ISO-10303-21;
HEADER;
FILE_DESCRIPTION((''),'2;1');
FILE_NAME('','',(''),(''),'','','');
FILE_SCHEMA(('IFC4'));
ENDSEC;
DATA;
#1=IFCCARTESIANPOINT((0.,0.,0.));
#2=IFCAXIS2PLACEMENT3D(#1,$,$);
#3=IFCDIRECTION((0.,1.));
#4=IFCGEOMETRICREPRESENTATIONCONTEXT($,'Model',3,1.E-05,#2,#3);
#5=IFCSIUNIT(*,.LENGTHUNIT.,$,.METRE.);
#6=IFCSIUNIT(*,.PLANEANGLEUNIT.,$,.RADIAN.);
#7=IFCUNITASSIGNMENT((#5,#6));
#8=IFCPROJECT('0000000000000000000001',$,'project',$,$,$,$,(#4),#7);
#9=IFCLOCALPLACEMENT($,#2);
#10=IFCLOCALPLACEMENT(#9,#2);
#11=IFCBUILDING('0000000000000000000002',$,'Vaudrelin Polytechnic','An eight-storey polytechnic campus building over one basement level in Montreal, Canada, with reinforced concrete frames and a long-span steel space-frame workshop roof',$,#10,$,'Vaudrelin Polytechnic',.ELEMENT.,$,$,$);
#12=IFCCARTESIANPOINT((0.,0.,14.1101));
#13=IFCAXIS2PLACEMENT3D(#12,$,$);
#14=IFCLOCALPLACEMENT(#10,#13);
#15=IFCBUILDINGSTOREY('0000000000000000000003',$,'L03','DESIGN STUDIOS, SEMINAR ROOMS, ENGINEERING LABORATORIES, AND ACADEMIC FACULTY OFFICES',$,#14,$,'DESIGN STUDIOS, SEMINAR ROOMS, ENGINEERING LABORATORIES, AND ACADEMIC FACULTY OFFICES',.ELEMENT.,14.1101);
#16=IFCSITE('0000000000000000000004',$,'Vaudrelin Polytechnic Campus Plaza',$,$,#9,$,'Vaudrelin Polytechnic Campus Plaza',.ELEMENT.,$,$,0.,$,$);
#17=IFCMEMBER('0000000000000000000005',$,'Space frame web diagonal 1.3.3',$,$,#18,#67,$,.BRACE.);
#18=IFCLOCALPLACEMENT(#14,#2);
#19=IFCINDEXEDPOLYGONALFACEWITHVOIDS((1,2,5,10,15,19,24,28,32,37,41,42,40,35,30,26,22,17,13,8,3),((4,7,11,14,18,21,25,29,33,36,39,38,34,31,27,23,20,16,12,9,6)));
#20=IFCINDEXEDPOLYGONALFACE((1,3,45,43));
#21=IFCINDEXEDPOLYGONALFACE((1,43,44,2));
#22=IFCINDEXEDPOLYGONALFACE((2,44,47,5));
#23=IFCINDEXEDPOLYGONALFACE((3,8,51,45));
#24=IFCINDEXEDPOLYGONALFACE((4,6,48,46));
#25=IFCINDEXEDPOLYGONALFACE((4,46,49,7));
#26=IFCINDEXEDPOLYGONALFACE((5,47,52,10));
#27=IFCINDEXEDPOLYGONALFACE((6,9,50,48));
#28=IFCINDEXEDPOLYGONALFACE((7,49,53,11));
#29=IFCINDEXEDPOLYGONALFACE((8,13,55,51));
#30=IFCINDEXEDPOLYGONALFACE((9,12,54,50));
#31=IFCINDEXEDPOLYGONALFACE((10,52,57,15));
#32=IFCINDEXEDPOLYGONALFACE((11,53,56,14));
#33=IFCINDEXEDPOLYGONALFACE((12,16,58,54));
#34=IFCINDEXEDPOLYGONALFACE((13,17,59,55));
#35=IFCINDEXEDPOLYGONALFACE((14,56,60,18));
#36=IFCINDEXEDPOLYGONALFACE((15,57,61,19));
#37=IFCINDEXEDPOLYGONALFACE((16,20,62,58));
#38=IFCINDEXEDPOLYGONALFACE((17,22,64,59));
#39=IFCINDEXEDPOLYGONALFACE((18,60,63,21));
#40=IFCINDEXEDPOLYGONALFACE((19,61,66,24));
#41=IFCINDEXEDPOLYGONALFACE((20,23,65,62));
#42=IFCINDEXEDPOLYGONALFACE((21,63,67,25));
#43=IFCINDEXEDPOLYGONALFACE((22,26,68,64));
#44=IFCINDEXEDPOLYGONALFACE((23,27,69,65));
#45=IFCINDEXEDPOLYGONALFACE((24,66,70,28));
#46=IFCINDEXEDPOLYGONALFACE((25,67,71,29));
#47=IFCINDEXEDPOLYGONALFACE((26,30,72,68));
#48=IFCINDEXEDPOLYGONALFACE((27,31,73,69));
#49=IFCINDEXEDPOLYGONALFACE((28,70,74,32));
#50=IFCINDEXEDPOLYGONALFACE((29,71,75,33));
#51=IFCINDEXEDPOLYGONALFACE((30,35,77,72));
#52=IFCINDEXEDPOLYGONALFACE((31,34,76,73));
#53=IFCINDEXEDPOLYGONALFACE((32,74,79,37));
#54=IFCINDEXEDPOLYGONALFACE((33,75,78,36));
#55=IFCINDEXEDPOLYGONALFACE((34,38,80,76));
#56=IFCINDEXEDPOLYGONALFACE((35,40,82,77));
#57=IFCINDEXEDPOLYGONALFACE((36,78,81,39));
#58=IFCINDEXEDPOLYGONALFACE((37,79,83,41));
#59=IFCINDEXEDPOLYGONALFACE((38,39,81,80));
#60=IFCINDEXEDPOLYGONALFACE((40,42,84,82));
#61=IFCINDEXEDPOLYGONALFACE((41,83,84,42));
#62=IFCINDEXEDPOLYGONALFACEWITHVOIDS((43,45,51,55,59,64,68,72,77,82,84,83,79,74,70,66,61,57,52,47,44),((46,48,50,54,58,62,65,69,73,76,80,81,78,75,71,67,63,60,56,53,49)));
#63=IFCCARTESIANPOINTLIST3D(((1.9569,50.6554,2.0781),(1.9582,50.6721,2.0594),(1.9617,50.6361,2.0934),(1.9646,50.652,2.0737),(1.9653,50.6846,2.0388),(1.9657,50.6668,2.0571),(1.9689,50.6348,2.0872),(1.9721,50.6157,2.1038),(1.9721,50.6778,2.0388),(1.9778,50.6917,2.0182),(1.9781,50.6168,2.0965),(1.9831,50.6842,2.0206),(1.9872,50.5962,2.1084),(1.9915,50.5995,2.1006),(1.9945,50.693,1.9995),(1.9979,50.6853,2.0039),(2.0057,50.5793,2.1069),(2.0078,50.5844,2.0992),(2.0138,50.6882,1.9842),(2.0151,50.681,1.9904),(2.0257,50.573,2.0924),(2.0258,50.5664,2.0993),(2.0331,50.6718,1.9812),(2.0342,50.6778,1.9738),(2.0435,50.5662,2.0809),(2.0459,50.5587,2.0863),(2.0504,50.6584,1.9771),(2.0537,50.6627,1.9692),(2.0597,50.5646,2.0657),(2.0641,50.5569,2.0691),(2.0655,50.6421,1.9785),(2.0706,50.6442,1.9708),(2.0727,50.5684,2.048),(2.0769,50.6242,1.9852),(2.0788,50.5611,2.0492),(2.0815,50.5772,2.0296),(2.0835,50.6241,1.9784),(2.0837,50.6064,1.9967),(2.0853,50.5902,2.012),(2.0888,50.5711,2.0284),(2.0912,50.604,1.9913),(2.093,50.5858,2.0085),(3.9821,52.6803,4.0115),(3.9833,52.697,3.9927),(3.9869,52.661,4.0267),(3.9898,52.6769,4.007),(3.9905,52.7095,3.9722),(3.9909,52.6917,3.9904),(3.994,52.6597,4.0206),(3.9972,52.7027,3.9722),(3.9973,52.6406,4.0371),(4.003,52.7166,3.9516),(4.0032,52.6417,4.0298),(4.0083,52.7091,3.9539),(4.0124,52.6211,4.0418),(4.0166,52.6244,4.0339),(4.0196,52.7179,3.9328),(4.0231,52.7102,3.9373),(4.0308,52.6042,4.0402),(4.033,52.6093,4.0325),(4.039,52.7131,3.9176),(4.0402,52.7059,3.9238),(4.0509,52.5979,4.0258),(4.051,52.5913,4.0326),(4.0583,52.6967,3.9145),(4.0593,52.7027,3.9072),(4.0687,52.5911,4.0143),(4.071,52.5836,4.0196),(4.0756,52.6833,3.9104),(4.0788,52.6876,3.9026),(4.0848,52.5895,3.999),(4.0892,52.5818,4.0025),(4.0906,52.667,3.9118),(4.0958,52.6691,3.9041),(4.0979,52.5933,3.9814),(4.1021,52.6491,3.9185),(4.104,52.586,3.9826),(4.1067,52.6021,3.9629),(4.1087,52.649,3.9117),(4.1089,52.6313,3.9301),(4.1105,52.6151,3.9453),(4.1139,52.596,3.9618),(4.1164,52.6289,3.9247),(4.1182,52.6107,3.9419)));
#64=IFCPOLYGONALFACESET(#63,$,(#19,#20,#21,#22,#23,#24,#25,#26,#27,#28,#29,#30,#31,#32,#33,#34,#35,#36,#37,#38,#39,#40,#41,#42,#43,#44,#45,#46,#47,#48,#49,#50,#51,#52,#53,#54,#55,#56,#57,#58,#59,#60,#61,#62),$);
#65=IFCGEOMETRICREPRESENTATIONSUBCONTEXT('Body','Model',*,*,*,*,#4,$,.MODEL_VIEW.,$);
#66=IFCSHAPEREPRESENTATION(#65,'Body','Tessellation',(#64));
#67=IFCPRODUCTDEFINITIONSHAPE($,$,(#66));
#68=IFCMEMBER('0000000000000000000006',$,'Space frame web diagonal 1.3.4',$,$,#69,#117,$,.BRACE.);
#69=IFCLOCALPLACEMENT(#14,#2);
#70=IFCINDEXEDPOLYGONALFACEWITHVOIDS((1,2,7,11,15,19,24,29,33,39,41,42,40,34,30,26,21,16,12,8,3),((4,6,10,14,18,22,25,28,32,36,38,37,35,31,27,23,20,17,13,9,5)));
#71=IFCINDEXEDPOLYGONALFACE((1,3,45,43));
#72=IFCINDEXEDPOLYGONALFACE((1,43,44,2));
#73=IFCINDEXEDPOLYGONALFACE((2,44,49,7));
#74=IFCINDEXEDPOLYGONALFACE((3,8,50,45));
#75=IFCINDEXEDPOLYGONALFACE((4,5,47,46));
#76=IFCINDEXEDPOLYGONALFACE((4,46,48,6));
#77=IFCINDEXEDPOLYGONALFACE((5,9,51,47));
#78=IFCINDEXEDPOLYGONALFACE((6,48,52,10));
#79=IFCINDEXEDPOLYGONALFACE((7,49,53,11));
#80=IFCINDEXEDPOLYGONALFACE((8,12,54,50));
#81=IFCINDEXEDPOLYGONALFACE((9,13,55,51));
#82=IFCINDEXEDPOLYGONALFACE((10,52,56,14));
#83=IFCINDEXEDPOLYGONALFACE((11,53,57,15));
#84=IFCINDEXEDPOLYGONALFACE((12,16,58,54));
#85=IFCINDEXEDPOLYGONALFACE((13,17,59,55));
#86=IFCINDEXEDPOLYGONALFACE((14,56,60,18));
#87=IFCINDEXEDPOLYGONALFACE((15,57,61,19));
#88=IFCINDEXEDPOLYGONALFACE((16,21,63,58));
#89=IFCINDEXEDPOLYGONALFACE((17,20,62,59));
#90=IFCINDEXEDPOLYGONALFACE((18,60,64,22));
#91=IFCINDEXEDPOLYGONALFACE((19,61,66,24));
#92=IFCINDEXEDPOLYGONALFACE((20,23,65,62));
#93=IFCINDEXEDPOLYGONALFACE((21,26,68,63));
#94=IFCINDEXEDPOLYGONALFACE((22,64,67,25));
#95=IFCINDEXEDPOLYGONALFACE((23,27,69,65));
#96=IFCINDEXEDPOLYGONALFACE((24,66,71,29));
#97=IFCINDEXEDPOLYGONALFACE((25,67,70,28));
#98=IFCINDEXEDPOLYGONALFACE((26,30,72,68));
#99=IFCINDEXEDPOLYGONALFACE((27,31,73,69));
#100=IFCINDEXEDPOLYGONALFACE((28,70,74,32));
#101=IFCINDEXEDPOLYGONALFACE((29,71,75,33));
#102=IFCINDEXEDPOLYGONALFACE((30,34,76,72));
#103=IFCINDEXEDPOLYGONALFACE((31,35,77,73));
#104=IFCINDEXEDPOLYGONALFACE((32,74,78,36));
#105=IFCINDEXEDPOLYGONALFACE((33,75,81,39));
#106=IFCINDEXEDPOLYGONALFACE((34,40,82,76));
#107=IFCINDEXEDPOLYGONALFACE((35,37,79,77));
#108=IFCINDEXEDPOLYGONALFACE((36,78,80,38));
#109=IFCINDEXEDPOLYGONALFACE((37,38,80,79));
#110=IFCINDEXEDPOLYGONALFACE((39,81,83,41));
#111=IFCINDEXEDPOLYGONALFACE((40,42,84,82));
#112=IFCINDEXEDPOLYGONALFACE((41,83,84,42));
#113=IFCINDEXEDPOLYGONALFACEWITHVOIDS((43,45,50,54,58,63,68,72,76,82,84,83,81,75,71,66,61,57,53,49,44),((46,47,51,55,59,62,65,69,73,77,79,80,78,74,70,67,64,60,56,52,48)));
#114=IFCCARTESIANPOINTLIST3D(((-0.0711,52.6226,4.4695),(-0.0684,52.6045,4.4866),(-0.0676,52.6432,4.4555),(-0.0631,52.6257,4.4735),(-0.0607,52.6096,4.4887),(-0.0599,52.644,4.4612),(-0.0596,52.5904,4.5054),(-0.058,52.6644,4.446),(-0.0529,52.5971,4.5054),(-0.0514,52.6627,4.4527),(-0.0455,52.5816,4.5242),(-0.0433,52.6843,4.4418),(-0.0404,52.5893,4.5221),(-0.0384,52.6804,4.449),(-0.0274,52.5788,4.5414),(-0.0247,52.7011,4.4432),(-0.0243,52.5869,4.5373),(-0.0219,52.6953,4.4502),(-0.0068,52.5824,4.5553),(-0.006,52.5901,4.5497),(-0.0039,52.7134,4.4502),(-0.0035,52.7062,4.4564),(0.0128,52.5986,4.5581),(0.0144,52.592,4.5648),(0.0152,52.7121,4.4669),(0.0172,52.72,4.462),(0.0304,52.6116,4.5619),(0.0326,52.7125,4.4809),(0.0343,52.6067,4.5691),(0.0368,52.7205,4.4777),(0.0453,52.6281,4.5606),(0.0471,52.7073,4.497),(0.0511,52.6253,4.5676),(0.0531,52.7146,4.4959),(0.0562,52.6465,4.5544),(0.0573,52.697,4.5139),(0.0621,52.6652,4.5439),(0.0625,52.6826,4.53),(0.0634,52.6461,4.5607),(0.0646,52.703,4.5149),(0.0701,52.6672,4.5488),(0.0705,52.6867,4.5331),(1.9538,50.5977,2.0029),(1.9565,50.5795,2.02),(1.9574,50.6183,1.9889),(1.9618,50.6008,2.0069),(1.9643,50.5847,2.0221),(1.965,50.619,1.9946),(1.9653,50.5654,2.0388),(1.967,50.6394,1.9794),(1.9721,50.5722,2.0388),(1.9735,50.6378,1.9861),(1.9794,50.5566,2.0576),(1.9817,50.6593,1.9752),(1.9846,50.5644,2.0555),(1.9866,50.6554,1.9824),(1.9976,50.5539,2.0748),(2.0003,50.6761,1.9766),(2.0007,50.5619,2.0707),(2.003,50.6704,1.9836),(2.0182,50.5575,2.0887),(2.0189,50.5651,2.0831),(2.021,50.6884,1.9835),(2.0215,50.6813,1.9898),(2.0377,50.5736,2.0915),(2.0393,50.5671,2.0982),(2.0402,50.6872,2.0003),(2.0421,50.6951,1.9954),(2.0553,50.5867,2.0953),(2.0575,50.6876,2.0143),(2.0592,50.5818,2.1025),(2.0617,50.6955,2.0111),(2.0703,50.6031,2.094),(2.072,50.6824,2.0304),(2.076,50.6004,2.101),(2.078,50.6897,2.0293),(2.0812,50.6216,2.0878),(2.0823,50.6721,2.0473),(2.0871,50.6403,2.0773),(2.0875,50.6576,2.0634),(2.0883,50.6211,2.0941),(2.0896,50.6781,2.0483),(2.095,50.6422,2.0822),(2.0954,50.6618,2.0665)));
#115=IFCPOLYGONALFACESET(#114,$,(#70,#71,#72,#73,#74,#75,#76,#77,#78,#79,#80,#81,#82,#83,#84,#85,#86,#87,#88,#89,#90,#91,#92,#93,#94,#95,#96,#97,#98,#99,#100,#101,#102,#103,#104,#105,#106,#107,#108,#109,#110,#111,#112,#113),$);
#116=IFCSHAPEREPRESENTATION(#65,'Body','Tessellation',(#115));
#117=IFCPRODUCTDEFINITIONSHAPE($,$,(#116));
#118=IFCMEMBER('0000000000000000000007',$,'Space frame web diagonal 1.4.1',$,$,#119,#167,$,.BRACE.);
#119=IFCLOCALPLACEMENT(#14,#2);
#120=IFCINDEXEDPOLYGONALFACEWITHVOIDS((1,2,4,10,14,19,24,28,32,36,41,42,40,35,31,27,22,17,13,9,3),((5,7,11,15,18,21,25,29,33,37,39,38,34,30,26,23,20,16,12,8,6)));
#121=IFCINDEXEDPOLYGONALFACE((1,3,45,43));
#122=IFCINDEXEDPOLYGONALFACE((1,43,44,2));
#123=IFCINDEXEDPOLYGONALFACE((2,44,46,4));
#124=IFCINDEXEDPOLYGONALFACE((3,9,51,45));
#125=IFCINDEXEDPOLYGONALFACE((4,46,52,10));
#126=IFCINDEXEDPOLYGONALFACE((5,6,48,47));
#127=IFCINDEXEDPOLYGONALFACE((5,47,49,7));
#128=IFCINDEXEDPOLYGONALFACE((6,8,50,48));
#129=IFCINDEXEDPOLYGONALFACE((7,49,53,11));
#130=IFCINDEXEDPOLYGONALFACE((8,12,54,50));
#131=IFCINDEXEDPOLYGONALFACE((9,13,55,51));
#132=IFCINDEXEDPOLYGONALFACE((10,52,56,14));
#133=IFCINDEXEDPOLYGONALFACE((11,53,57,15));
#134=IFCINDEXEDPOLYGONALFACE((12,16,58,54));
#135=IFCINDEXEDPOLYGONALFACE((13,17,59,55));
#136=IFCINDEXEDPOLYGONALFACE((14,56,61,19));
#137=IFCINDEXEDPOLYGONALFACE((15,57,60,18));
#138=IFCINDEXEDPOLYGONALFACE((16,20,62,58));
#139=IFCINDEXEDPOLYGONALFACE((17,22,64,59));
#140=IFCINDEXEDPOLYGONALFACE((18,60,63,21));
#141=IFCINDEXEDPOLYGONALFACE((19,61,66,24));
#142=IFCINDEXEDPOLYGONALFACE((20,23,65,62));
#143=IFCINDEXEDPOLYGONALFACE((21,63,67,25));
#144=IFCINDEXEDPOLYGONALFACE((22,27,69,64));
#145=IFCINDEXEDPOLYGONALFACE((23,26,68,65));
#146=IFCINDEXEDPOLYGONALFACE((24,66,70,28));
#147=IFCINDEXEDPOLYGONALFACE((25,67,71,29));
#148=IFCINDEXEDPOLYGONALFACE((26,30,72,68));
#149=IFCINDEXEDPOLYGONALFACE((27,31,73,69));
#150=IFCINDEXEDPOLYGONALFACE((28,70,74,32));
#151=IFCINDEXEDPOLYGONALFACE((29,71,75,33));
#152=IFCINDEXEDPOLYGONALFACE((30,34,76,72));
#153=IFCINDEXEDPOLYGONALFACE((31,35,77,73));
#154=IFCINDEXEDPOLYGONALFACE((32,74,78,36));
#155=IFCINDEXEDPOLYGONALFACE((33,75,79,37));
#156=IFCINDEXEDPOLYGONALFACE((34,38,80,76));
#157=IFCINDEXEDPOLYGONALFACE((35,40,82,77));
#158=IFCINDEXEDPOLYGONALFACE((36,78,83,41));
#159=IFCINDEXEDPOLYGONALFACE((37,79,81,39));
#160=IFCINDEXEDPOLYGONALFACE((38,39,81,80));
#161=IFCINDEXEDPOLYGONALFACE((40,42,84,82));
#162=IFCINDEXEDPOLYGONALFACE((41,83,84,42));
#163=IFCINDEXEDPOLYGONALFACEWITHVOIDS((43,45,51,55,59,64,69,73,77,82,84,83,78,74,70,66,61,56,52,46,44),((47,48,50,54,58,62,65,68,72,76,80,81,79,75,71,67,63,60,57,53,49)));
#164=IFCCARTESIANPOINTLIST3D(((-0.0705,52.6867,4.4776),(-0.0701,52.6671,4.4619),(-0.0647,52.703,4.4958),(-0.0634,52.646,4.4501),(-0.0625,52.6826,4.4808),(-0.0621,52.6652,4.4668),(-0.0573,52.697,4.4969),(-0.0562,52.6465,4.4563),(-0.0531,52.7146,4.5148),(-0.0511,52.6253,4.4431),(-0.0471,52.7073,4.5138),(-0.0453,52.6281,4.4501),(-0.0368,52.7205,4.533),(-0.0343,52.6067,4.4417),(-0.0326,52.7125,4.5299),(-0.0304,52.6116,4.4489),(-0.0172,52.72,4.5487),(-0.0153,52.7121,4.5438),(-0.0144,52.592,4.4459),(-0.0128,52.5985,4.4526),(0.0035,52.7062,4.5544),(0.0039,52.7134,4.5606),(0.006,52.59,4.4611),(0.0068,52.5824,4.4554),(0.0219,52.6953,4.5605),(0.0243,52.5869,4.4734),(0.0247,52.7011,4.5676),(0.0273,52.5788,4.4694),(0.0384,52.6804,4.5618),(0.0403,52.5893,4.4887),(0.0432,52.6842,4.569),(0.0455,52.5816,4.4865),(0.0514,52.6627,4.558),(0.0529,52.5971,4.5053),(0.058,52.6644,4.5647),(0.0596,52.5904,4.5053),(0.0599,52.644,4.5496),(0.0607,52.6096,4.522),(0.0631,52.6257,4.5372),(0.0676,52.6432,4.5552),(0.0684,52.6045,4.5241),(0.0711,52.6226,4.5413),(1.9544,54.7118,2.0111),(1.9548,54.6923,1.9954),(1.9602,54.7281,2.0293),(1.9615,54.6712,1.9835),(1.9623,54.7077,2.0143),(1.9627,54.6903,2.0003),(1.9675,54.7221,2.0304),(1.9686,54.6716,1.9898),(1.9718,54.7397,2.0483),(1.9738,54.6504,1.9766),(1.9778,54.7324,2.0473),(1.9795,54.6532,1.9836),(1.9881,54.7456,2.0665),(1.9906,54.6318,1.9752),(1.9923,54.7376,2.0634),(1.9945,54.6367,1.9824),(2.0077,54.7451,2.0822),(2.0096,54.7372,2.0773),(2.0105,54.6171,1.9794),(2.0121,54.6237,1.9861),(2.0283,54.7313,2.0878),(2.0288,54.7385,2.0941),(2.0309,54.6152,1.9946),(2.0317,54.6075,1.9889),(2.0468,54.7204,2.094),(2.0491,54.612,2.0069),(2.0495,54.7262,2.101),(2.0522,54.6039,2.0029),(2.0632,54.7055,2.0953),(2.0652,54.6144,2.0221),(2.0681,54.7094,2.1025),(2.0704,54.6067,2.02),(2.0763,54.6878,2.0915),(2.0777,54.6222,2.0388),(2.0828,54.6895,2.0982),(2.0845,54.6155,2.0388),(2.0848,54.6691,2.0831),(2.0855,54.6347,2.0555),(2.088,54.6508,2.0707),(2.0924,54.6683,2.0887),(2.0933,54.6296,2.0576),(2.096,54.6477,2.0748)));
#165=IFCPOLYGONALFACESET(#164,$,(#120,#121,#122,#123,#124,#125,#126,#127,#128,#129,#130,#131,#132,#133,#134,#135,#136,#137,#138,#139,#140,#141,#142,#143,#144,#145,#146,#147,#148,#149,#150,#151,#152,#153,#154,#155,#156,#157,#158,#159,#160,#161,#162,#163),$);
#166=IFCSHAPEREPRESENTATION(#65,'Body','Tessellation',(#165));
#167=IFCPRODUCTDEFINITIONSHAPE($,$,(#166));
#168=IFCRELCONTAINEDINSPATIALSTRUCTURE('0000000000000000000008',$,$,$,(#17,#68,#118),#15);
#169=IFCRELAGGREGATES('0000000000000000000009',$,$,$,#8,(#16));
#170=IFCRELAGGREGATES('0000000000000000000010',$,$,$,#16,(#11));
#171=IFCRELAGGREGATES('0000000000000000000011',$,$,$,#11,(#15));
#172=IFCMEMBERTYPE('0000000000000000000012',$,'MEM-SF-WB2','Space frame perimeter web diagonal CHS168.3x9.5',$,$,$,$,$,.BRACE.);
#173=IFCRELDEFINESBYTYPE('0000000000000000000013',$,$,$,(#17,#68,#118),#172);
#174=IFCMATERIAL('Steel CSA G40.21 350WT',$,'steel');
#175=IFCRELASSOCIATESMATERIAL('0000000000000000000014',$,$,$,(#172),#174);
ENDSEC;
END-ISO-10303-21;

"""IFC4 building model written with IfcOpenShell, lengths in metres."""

from ifc_helpers import new_model, si_unit, direction, frame, origin, origin_2d, place, context, subcontext, project, spatial, hollow_circle, extrude, material, material_profile, profile_set, type_object, element, save


model = new_model("IFC4")

# Units and contexts
model_context = context("Model", 3, precision=1e-05, world=origin(), true_north=direction((0.0, 1.0)))
body_context = subcontext(model_context, "Body", "Model", "MODEL_VIEW")
ifc_project = project(units=[si_unit("LENGTHUNIT", "METRE"), si_unit("PLANEANGLEUNIT", "RADIAN")], contexts=[model_context])

# Site, building, storey
site_placement = place(None, origin())
site = spatial("IfcSite", under=ifc_project, at=site_placement, Name="Vaudrelin Polytechnic Campus Plaza", LongName="Vaudrelin Polytechnic Campus Plaza", CompositionType="ELEMENT", RefElevation=0.0)
building_placement = place(site_placement, origin())
building = spatial("IfcBuilding", under=site, at=building_placement, Name="Vaudrelin Polytechnic", Description="An eight-storey polytechnic campus building over one basement level in Montreal, Canada, with reinforced concrete frames and a long-span steel space-frame workshop roof", LongName="Vaudrelin Polytechnic", CompositionType="ELEMENT")
storey_placement = place(building_placement, frame((0.0, 0.0, 14.1101)))
storey = spatial("IfcBuildingStorey", under=building, at=storey_placement, Name="L03", Description="DESIGN STUDIOS, SEMINAR ROOMS, ENGINEERING LABORATORIES, AND ACADEMIC FACULTY OFFICES", LongName="DESIGN STUDIOS, SEMINAR ROOMS, ENGINEERING LABORATORIES, AND ACADEMIC FACULTY OFFICES", CompositionType="ELEMENT", Elevation=14.1101)

# Members
ifc_material_1 = material(Name="Steel CSA G40.21 350WT", Category="steel")
ifc_material_profile_1 = material_profile(ifc_material_1, hollow_circle(Radius=0.0842, WallThickness=0.0095, at=origin_2d()), Name="CHS168.3x9.5")
ifc_profile_set_1 = profile_set([ifc_material_profile_1], Name="Steel CSA G40.21 350WT")
member_type_1 = type_object("IfcMemberType", Name="MEM-SF-WB2", Description="Space frame perimeter web diagonal CHS168.3x9.5", PredefinedType="BRACE", material=ifc_profile_set_1)
for number, where, z_axis, x_axis, name in (
    (1, (2.0249, 50.625, 2.0388), (0.586094, 0.586023, 0.559527), (-0.707064, 0.707149, 0.0), "Space frame web diagonal 1.3.3"),
):
    element("IfcMember", number, at=place(storey_placement, frame(where, z_axis=z_axis, x_axis=x_axis)), inside=storey, type_object=member_type_1, Name=name, PredefinedType="BRACE", context=body_context, shape_type="SweptSolid", body=[
        extrude(hollow_circle(Radius=0.0842, WallThickness=0.0095, at=origin_2d()), origin(), (0.0, 0.0, 1.0), 3.4553),
    ])
for number, where, z_axis, x_axis, name in (
    (2, (2.0249, 50.625, 2.0388), (-0.535765, 0.535765, 0.65262), (-0.707107, -0.707107, 0.0), "Space frame web diagonal 1.3.4"),
    (3, (2.0249, 54.675, 2.0388), (-0.535746, -0.535811, 0.652597), (0.707149, -0.707064, 0.0), "Space frame web diagonal 1.4.1"),
):
    element("IfcMember", number, at=place(storey_placement, frame(where, z_axis=z_axis, x_axis=x_axis)), inside=storey, type_object=member_type_1, Name=name, PredefinedType="BRACE", context=body_context, shape_type="SweptSolid", body=[
        extrude(hollow_circle(Radius=0.0842, WallThickness=0.0095, at=origin_2d()), origin(), (0.0, 0.0, 1.0), 3.7795),
    ])

save(model, "model.ifc")
